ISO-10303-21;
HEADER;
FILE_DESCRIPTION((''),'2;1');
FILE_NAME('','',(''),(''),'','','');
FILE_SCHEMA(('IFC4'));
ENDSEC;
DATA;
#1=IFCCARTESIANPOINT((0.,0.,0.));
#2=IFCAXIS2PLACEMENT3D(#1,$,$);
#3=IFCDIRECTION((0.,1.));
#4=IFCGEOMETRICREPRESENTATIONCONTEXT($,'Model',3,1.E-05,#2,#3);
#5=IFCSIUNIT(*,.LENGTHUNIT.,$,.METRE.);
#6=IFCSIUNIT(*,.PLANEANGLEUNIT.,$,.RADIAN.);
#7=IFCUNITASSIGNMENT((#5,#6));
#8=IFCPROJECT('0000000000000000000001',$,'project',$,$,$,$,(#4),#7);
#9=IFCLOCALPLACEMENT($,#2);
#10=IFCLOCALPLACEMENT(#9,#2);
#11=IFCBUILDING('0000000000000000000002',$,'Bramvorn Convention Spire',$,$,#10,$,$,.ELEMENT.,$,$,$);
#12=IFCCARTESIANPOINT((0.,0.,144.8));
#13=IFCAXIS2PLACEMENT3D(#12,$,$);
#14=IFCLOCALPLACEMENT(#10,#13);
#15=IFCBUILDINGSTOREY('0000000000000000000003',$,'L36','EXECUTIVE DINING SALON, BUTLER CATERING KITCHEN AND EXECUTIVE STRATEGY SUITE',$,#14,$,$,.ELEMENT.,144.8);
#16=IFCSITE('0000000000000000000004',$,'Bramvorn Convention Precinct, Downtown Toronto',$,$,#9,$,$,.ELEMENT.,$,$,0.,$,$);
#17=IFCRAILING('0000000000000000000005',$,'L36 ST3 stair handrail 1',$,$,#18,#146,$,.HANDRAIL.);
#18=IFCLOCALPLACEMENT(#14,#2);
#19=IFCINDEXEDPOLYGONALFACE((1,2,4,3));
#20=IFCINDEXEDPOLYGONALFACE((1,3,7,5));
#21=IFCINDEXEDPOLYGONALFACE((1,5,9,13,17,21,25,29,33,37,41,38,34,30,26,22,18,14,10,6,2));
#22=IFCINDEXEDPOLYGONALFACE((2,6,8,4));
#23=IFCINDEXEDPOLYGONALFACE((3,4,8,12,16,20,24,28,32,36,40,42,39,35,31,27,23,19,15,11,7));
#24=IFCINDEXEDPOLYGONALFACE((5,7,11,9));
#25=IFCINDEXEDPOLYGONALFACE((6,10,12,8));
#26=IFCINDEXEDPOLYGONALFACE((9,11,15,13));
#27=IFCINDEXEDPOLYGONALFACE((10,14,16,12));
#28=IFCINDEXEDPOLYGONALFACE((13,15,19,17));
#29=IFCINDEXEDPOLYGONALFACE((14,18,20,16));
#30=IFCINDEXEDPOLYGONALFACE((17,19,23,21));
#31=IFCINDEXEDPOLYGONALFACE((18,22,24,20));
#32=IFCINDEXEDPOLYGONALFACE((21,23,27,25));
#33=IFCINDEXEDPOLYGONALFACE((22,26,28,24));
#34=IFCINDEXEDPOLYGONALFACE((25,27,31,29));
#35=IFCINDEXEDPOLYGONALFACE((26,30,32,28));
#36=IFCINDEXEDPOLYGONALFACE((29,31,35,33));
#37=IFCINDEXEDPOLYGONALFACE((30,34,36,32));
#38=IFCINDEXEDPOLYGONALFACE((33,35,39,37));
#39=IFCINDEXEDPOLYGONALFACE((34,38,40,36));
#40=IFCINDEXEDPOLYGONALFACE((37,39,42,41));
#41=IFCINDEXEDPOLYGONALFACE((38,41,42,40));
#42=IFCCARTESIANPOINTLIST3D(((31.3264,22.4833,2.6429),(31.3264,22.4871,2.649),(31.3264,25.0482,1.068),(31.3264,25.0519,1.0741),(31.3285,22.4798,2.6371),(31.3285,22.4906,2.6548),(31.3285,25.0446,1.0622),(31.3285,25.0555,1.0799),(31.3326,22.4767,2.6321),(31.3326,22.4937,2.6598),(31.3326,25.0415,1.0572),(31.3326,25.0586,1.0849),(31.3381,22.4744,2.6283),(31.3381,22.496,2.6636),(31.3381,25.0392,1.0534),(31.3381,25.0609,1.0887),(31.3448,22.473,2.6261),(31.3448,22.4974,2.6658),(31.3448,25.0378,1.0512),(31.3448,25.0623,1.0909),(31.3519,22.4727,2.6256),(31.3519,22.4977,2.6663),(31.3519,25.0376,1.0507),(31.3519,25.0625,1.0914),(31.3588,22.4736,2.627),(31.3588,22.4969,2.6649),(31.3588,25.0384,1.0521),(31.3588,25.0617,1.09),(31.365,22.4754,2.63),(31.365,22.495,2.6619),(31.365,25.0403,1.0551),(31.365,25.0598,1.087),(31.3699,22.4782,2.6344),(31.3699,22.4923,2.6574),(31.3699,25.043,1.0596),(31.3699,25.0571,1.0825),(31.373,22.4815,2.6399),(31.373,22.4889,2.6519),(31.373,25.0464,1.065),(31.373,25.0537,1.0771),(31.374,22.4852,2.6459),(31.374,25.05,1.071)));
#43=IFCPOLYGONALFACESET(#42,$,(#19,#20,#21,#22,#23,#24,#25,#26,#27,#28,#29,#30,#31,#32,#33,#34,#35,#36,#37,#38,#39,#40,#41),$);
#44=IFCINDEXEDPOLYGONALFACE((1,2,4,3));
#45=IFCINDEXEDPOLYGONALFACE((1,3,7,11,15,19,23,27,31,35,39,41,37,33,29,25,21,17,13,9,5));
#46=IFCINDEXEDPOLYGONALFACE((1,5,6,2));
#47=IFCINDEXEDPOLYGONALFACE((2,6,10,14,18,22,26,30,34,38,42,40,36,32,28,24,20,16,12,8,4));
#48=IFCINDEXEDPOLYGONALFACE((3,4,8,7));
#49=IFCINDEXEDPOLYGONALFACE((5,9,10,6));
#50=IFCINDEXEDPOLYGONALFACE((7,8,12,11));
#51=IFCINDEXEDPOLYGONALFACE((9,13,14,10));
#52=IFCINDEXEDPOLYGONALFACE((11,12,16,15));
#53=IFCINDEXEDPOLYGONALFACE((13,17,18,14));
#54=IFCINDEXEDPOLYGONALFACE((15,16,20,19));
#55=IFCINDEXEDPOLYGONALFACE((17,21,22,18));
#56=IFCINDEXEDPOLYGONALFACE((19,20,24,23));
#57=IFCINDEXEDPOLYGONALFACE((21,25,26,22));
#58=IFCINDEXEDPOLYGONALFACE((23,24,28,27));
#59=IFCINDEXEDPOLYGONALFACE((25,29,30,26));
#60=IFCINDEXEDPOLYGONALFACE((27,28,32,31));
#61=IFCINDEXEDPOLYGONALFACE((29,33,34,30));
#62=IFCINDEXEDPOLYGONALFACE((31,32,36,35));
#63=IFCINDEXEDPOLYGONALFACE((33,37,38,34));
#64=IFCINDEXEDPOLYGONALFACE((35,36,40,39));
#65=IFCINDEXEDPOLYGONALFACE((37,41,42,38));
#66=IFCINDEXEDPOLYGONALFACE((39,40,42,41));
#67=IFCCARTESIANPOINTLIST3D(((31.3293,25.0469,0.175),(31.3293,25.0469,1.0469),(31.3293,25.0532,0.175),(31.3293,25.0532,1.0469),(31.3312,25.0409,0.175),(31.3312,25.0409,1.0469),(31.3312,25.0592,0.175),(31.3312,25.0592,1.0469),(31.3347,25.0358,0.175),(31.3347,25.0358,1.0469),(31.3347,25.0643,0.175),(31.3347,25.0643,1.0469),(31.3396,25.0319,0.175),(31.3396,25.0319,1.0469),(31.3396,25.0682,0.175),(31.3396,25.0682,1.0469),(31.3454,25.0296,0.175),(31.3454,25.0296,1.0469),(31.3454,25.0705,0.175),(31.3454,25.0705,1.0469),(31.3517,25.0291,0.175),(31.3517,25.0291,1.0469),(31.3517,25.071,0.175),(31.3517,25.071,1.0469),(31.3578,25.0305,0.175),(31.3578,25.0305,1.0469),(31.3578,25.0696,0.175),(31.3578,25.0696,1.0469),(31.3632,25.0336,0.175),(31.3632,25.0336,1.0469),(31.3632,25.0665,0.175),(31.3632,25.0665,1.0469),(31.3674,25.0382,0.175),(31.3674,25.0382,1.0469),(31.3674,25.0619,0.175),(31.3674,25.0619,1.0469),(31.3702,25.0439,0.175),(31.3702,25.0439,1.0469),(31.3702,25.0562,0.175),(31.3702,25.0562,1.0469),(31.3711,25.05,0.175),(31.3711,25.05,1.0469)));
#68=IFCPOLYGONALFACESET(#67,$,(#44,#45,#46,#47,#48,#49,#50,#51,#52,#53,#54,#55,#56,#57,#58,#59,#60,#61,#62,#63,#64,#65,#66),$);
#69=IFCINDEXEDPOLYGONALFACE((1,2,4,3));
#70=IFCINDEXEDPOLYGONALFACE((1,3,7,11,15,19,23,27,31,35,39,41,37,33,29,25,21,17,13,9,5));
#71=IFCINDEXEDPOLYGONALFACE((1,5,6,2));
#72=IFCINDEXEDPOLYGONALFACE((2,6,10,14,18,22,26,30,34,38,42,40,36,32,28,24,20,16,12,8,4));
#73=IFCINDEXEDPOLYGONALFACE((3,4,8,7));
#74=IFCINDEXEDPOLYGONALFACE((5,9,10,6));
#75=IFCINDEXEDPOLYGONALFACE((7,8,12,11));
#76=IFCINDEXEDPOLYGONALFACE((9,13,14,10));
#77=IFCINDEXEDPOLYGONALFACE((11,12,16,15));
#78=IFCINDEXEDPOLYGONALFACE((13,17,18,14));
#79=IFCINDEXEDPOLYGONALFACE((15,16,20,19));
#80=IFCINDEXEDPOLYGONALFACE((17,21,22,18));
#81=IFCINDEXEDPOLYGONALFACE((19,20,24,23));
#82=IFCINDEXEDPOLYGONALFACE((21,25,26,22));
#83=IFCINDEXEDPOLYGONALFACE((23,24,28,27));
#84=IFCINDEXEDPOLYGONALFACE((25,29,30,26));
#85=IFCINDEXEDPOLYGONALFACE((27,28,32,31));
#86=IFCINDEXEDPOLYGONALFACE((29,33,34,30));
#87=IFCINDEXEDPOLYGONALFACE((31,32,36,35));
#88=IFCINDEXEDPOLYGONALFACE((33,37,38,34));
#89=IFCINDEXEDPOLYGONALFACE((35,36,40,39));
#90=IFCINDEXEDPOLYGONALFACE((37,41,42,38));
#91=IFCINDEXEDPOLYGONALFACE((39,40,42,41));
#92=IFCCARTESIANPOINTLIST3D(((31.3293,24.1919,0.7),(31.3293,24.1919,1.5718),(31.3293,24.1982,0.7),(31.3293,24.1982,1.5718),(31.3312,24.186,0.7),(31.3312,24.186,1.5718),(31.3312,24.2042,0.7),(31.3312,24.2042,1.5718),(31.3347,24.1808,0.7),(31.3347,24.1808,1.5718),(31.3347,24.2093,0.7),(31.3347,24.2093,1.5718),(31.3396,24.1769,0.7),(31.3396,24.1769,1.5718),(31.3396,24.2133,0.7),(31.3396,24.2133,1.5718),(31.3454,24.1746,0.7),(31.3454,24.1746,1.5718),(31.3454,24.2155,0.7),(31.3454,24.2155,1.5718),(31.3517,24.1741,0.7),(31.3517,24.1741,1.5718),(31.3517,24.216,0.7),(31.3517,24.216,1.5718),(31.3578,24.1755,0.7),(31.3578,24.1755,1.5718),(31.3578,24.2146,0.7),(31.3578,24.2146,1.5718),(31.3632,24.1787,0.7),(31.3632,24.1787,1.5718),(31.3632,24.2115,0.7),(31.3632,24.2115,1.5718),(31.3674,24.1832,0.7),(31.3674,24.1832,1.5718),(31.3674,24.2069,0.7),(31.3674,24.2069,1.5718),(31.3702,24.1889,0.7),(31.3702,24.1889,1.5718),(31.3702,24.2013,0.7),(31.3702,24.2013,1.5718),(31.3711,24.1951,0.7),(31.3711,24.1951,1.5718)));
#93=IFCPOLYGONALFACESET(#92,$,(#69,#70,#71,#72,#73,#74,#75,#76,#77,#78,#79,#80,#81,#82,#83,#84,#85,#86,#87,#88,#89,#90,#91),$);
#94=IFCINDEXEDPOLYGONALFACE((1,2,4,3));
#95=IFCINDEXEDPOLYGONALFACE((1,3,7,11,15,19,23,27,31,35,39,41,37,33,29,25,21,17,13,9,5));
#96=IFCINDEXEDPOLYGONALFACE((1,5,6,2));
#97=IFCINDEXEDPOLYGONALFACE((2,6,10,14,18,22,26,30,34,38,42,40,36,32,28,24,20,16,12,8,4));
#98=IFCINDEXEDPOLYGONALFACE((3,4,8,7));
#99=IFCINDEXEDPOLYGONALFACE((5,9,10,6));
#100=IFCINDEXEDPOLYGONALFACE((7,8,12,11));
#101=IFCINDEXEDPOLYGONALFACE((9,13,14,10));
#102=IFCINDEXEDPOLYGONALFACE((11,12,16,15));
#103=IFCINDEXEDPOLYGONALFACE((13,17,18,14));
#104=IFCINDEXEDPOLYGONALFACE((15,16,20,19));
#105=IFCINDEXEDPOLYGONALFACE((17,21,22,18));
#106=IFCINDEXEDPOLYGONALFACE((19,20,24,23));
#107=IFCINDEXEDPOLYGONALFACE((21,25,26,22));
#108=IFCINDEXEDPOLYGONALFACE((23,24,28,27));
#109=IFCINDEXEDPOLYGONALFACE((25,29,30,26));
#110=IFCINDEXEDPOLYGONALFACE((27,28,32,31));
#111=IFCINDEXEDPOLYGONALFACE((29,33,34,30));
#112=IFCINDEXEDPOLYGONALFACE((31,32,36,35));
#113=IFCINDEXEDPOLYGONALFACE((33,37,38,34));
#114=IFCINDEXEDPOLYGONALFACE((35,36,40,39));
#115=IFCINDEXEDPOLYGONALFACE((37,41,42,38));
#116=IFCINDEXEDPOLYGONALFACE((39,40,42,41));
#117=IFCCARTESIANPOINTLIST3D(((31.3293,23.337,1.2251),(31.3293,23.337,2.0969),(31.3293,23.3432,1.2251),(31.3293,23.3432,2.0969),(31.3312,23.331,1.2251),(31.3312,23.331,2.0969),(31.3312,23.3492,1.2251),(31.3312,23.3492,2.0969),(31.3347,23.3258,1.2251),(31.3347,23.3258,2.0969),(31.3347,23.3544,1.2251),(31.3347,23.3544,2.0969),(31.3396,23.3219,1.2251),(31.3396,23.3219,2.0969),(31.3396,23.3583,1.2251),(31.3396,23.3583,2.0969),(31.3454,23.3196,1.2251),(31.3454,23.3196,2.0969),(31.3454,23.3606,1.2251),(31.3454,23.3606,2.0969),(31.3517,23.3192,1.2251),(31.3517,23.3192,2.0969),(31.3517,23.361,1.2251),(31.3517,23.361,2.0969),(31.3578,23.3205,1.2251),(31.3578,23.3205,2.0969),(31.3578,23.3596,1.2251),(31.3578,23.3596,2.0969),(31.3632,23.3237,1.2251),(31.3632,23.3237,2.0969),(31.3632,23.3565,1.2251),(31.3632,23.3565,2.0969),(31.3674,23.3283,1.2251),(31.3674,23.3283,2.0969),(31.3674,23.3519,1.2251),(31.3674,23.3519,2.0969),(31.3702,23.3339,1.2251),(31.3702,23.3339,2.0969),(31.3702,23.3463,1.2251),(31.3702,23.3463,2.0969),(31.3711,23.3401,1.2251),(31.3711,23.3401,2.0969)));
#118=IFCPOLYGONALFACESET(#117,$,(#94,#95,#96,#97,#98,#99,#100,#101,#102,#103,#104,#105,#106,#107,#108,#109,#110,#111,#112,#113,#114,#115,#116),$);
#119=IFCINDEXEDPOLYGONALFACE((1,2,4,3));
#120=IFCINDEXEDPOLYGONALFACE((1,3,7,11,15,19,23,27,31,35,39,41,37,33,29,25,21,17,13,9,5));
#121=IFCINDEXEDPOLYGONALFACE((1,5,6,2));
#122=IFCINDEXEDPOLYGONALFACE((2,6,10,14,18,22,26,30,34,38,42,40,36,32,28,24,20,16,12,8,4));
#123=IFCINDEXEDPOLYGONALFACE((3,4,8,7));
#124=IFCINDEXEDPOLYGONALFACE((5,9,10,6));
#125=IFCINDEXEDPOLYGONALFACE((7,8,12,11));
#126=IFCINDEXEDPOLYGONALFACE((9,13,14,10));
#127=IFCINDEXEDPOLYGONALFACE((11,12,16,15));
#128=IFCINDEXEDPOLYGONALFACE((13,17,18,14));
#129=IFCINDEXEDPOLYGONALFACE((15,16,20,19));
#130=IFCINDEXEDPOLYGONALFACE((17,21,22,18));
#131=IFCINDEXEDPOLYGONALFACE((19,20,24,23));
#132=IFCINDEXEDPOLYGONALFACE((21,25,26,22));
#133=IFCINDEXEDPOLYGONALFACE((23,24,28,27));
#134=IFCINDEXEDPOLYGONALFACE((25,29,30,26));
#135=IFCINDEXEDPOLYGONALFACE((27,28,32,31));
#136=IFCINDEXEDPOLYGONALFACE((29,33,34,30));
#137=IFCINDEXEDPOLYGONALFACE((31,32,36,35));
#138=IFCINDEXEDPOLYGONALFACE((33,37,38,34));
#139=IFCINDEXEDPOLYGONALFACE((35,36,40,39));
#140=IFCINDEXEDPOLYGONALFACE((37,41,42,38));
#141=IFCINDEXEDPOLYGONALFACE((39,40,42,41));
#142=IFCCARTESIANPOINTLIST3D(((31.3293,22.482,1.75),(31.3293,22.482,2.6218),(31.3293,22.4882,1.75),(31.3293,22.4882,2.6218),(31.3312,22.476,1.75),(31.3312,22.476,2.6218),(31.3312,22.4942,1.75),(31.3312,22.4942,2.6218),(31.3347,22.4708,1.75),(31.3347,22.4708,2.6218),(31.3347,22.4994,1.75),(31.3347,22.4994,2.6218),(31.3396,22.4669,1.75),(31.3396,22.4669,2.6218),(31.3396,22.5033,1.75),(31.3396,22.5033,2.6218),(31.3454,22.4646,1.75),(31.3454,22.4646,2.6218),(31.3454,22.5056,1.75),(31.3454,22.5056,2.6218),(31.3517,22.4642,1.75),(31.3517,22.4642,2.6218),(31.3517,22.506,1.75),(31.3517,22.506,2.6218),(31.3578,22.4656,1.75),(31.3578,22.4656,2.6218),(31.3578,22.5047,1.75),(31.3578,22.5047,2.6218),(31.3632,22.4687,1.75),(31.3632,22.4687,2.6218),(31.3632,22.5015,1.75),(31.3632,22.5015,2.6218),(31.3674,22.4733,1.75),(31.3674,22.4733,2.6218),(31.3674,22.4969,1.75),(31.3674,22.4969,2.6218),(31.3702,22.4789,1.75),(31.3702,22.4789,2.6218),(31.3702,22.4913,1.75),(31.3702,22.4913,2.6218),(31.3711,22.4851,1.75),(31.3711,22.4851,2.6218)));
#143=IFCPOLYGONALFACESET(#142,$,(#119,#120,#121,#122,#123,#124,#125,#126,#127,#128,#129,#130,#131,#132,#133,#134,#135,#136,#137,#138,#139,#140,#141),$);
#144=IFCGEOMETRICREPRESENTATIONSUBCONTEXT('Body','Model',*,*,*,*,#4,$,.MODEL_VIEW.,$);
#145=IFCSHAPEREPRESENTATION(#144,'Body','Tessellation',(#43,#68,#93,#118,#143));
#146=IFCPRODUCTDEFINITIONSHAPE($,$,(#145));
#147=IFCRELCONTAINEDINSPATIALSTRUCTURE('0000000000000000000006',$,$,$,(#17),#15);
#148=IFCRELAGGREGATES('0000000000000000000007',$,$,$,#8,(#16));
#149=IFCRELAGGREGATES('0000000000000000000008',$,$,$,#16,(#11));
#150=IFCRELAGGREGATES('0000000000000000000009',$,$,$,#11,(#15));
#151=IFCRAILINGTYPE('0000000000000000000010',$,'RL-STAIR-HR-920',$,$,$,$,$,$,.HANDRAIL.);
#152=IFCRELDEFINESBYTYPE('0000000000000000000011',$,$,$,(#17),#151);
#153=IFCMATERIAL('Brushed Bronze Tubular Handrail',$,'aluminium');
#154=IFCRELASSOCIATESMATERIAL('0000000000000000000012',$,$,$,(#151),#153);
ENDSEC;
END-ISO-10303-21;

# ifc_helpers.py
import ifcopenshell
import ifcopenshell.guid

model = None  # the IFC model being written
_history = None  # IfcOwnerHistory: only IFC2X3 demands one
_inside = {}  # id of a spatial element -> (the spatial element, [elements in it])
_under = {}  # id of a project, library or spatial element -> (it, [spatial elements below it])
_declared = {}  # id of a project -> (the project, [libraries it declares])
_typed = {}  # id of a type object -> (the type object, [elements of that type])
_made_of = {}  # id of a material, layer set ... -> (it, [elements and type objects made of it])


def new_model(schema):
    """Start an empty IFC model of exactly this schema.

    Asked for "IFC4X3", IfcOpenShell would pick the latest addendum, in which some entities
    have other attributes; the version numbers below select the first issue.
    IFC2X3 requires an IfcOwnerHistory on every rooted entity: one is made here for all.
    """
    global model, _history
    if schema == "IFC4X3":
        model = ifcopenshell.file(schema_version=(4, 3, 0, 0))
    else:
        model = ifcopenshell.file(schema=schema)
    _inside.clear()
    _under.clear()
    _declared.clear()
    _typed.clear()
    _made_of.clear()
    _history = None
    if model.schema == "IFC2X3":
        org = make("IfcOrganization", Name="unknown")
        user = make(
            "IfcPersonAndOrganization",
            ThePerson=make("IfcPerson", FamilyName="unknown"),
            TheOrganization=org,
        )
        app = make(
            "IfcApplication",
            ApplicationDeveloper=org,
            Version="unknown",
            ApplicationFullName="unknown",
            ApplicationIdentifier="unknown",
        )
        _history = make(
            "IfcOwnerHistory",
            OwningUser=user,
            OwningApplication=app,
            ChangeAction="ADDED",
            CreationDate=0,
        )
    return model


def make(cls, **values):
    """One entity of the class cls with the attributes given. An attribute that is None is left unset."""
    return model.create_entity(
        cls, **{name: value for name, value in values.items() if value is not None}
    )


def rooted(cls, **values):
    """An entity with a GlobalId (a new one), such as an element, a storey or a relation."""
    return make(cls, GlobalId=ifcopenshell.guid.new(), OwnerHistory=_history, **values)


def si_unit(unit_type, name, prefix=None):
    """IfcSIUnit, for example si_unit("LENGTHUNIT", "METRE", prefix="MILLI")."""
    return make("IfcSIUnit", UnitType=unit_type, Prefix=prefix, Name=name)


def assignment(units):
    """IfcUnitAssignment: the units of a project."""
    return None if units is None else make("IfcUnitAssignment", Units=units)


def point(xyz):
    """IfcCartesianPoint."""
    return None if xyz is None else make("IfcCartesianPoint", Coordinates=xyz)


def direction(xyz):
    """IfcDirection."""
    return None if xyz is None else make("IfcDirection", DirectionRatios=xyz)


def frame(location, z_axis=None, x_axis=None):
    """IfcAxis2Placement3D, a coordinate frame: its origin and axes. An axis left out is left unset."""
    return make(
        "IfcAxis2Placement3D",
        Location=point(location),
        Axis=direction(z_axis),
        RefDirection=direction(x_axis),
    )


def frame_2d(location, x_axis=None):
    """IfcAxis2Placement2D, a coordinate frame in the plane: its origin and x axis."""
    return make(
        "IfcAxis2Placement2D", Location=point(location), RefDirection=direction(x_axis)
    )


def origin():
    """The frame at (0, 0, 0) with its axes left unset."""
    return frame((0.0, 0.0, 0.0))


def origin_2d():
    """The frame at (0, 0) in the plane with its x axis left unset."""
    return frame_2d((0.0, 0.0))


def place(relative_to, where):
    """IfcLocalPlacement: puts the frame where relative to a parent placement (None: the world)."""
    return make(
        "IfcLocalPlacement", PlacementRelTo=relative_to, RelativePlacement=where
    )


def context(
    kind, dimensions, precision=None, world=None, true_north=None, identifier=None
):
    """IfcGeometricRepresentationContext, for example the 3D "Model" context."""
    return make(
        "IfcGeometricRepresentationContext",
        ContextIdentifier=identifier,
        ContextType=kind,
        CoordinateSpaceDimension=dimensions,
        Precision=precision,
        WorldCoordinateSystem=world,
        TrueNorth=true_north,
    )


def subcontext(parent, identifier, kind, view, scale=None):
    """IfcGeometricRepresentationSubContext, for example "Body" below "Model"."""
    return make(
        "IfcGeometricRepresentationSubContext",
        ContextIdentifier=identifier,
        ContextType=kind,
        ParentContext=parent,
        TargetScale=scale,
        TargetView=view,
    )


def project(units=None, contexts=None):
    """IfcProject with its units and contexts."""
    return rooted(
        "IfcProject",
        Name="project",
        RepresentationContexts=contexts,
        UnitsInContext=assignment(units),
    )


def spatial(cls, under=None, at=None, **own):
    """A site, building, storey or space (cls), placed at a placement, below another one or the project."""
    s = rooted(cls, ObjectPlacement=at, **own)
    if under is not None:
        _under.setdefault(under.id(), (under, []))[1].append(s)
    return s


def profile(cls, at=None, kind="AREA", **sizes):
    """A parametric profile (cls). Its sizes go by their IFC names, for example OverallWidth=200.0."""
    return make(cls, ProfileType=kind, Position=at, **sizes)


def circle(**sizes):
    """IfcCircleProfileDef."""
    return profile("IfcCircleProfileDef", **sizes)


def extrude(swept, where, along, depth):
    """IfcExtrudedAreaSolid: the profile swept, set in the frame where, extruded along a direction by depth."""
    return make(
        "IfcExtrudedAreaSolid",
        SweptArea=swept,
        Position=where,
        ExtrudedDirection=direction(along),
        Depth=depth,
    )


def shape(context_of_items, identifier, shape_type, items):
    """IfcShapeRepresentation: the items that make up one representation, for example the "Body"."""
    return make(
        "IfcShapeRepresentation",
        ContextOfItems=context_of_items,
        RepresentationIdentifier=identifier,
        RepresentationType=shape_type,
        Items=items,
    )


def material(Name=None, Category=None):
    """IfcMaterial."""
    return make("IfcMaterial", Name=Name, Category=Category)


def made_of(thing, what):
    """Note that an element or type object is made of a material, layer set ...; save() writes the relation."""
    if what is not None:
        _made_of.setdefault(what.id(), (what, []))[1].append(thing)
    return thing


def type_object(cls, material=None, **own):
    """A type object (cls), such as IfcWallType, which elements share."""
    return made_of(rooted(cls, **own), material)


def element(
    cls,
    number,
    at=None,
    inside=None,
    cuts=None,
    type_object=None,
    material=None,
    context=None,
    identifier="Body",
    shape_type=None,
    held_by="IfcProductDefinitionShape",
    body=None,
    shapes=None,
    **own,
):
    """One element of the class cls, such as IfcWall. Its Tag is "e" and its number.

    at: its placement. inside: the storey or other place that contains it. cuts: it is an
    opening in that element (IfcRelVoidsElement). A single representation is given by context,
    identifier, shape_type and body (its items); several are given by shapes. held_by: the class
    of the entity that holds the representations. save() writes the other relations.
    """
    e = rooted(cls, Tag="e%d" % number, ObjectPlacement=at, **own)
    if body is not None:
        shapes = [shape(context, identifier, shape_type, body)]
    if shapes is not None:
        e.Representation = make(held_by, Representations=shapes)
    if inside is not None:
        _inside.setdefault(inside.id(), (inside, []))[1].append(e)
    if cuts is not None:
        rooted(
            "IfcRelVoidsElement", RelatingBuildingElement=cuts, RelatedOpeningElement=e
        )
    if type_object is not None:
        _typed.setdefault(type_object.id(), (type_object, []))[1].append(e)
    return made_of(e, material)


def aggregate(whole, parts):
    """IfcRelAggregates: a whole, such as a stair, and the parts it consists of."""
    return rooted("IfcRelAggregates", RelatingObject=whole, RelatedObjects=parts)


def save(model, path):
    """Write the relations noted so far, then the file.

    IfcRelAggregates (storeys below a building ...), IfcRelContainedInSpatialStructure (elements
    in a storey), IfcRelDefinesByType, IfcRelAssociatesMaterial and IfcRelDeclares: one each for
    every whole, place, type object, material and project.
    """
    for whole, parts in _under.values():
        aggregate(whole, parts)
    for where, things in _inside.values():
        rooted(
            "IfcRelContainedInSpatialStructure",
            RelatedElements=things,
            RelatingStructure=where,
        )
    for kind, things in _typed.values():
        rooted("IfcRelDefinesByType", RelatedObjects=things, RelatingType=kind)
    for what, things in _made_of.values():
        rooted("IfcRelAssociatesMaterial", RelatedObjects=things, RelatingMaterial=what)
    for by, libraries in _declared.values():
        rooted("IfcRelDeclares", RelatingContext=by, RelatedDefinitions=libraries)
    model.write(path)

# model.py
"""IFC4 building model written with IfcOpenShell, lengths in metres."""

from ifc_helpers import new_model, si_unit, direction, frame, origin, origin_2d, place, context, subcontext, project, spatial, circle, extrude, material, type_object, element, save


model = new_model("IFC4")

# Units and contexts
model_context = context("Model", 3, precision=1e-05, world=origin(), true_north=direction((0.0, 1.0)))
body_context = subcontext(model_context, "Body", "Model", "MODEL_VIEW")
ifc_project = project(units=[si_unit("LENGTHUNIT", "METRE"), si_unit("PLANEANGLEUNIT", "RADIAN")], contexts=[model_context])

# Site, building, storey
site_placement = place(None, origin())
site = spatial("IfcSite", under=ifc_project, at=site_placement, Name="Bramvorn Convention Precinct, Downtown Toronto", CompositionType="ELEMENT", RefElevation=0.0)
building_placement = place(site_placement, origin())
building = spatial("IfcBuilding", under=site, at=building_placement, Name="Bramvorn Convention Spire", CompositionType="ELEMENT")
storey_placement = place(building_placement, frame((0.0, 0.0, 144.8)))
storey = spatial("IfcBuildingStorey", under=building, at=storey_placement, Name="L36", Description="EXECUTIVE DINING SALON, BUTLER CATERING KITCHEN AND EXECUTIVE STRATEGY SUITE", CompositionType="ELEMENT", Elevation=144.8)

# Railing
ifc_material_1 = material(Name="Brushed Bronze Tubular Handrail", Category="aluminium")
railing_type_1 = type_object("IfcRailingType", Name="RL-STAIR-HR-920", PredefinedType="HANDRAIL", material=ifc_material_1)
railing_1_placement = place(storey_placement, frame((31.3501, 25.05, 0.175)))
element("IfcRailing", 1, at=railing_1_placement, inside=storey, type_object=railing_type_1, Name="L36 ST3 stair handrail 1", PredefinedType="HANDRAIL", context=body_context, shape_type="SweptSolid", body=[
    extrude(circle(Radius=0.0239, at=origin_2d()), frame((0.0, 0.0, 0.896), z_axis=(0.0, -0.852173, 0.52326), x_axis=(1.0, 0.0, 0.0)), (0.0, 0.0, 1.0), 3.0098),
    extrude(circle(Radius=0.021, at=origin_2d()), origin(), (0.0, 0.0, 1.0), 0.8718),
    extrude(circle(Radius=0.021, at=origin_2d()), frame((0.0, -0.855, 0.5249)), (0.0, 0.0, 1.0), 0.8718),
    extrude(circle(Radius=0.021, at=origin_2d()), frame((0.0, -1.71, 1.05)), (0.0, 0.0, 1.0), 0.8718),
    extrude(circle(Radius=0.021, at=origin_2d()), frame((0.0, -2.5649, 1.575)), (0.0, 0.0, 1.0), 0.8718),
])

save(model, "model.ifc")
